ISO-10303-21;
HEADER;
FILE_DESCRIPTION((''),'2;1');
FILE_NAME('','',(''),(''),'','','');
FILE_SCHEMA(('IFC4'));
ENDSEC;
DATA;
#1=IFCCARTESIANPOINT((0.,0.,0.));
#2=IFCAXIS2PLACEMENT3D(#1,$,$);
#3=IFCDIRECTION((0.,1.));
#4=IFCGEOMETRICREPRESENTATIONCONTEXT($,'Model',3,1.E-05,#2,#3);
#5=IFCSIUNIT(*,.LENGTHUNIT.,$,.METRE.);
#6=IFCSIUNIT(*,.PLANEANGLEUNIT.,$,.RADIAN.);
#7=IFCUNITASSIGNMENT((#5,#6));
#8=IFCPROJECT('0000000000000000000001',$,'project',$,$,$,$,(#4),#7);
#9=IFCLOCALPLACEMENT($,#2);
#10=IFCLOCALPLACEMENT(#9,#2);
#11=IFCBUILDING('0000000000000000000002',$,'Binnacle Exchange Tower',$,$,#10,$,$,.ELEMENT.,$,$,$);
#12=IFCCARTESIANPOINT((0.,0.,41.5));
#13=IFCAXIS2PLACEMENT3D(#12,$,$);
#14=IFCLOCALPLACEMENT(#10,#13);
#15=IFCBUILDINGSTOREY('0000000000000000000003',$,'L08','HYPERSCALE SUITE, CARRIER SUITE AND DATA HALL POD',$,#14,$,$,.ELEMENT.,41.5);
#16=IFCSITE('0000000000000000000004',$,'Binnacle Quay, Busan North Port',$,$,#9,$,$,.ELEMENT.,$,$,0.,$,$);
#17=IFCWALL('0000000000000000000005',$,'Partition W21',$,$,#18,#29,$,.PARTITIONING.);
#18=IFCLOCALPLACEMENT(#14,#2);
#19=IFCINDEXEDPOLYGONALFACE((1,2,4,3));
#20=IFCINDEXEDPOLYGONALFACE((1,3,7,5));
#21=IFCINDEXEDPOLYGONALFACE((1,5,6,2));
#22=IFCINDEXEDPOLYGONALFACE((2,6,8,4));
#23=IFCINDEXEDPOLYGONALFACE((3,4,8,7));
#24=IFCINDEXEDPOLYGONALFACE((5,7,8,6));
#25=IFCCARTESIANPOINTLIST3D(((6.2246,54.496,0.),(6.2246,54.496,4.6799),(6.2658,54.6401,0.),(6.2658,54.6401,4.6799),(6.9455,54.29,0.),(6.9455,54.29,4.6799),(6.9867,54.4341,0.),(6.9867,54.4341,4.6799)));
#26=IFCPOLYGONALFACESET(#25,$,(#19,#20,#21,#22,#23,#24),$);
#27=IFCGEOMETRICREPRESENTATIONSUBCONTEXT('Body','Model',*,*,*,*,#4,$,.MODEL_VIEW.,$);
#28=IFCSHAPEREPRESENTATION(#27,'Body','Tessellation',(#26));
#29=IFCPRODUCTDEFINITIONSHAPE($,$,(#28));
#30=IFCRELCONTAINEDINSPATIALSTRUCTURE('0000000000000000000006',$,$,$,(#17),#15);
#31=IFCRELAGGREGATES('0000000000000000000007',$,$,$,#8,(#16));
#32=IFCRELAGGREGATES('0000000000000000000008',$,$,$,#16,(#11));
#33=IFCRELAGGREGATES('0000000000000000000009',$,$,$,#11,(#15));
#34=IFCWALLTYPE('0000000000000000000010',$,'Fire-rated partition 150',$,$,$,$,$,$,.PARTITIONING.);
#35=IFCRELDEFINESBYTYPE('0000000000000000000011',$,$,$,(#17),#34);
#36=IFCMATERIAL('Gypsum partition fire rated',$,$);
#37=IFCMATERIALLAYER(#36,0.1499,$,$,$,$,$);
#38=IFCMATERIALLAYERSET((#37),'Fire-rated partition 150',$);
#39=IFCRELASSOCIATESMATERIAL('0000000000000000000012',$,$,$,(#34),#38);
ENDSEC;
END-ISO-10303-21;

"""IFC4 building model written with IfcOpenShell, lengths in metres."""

from ifc_helpers import new_model, si_unit, direction, frame, frame_2d, origin, place, context, subcontext, project, spatial, rectangle, extrude, material, layer, layer_set, type_object, element, save


model = new_model("IFC4")

# Units and contexts
model_context = context("Model", 3, precision=1e-05, world=origin(), true_north=direction((0.0, 1.0)))
body_context = subcontext(model_context, "Body", "Model", "MODEL_VIEW")
ifc_project = project(units=[si_unit("LENGTHUNIT", "METRE"), si_unit("PLANEANGLEUNIT", "RADIAN")], contexts=[model_context])

# Site, building, storey
site_placement = place(None, origin())
site = spatial("IfcSite", under=ifc_project, at=site_placement, Name="Binnacle Quay, Busan North Port", CompositionType="ELEMENT", RefElevation=0.0)
building_placement = place(site_placement, origin())
building = spatial("IfcBuilding", under=site, at=building_placement, Name="Binnacle Exchange Tower", CompositionType="ELEMENT")
storey_placement = place(building_placement, frame((0.0, 0.0, 41.5)))
storey = spatial("IfcBuildingStorey", under=building, at=storey_placement, Name="L08", Description="HYPERSCALE SUITE, CARRIER SUITE AND DATA HALL POD", CompositionType="ELEMENT", Elevation=41.5)

# Wall
ifc_material_1 = material(Name="Gypsum partition fire rated")
ifc_layer_1 = layer(ifc_material_1, 0.1499)
ifc_layer_set_1 = layer_set([ifc_layer_1], Name="Fire-rated partition 150")
wall_type_1 = type_object("IfcWallType", Name="Fire-rated partition 150", PredefinedType="PARTITIONING", material=ifc_layer_set_1)
wall_1_placement = place(storey_placement, frame((6.2451, 54.5681, 0.0), z_axis=(0.0, 0.0, 1.0), x_axis=(0.961499, -0.274807, 0.0)))
element("IfcWall", 1, at=wall_1_placement, inside=storey, type_object=wall_type_1, Name="Partition W21", PredefinedType="PARTITIONING", context=body_context, shape_type="SweptSolid", body=[
    extrude(rectangle(XDim=0.7498, YDim=0.1499, at=frame_2d((0.375, 0.0))), origin(), (0.0, 0.0, 1.0), 4.6799),
])

save(model, "model.ifc")
